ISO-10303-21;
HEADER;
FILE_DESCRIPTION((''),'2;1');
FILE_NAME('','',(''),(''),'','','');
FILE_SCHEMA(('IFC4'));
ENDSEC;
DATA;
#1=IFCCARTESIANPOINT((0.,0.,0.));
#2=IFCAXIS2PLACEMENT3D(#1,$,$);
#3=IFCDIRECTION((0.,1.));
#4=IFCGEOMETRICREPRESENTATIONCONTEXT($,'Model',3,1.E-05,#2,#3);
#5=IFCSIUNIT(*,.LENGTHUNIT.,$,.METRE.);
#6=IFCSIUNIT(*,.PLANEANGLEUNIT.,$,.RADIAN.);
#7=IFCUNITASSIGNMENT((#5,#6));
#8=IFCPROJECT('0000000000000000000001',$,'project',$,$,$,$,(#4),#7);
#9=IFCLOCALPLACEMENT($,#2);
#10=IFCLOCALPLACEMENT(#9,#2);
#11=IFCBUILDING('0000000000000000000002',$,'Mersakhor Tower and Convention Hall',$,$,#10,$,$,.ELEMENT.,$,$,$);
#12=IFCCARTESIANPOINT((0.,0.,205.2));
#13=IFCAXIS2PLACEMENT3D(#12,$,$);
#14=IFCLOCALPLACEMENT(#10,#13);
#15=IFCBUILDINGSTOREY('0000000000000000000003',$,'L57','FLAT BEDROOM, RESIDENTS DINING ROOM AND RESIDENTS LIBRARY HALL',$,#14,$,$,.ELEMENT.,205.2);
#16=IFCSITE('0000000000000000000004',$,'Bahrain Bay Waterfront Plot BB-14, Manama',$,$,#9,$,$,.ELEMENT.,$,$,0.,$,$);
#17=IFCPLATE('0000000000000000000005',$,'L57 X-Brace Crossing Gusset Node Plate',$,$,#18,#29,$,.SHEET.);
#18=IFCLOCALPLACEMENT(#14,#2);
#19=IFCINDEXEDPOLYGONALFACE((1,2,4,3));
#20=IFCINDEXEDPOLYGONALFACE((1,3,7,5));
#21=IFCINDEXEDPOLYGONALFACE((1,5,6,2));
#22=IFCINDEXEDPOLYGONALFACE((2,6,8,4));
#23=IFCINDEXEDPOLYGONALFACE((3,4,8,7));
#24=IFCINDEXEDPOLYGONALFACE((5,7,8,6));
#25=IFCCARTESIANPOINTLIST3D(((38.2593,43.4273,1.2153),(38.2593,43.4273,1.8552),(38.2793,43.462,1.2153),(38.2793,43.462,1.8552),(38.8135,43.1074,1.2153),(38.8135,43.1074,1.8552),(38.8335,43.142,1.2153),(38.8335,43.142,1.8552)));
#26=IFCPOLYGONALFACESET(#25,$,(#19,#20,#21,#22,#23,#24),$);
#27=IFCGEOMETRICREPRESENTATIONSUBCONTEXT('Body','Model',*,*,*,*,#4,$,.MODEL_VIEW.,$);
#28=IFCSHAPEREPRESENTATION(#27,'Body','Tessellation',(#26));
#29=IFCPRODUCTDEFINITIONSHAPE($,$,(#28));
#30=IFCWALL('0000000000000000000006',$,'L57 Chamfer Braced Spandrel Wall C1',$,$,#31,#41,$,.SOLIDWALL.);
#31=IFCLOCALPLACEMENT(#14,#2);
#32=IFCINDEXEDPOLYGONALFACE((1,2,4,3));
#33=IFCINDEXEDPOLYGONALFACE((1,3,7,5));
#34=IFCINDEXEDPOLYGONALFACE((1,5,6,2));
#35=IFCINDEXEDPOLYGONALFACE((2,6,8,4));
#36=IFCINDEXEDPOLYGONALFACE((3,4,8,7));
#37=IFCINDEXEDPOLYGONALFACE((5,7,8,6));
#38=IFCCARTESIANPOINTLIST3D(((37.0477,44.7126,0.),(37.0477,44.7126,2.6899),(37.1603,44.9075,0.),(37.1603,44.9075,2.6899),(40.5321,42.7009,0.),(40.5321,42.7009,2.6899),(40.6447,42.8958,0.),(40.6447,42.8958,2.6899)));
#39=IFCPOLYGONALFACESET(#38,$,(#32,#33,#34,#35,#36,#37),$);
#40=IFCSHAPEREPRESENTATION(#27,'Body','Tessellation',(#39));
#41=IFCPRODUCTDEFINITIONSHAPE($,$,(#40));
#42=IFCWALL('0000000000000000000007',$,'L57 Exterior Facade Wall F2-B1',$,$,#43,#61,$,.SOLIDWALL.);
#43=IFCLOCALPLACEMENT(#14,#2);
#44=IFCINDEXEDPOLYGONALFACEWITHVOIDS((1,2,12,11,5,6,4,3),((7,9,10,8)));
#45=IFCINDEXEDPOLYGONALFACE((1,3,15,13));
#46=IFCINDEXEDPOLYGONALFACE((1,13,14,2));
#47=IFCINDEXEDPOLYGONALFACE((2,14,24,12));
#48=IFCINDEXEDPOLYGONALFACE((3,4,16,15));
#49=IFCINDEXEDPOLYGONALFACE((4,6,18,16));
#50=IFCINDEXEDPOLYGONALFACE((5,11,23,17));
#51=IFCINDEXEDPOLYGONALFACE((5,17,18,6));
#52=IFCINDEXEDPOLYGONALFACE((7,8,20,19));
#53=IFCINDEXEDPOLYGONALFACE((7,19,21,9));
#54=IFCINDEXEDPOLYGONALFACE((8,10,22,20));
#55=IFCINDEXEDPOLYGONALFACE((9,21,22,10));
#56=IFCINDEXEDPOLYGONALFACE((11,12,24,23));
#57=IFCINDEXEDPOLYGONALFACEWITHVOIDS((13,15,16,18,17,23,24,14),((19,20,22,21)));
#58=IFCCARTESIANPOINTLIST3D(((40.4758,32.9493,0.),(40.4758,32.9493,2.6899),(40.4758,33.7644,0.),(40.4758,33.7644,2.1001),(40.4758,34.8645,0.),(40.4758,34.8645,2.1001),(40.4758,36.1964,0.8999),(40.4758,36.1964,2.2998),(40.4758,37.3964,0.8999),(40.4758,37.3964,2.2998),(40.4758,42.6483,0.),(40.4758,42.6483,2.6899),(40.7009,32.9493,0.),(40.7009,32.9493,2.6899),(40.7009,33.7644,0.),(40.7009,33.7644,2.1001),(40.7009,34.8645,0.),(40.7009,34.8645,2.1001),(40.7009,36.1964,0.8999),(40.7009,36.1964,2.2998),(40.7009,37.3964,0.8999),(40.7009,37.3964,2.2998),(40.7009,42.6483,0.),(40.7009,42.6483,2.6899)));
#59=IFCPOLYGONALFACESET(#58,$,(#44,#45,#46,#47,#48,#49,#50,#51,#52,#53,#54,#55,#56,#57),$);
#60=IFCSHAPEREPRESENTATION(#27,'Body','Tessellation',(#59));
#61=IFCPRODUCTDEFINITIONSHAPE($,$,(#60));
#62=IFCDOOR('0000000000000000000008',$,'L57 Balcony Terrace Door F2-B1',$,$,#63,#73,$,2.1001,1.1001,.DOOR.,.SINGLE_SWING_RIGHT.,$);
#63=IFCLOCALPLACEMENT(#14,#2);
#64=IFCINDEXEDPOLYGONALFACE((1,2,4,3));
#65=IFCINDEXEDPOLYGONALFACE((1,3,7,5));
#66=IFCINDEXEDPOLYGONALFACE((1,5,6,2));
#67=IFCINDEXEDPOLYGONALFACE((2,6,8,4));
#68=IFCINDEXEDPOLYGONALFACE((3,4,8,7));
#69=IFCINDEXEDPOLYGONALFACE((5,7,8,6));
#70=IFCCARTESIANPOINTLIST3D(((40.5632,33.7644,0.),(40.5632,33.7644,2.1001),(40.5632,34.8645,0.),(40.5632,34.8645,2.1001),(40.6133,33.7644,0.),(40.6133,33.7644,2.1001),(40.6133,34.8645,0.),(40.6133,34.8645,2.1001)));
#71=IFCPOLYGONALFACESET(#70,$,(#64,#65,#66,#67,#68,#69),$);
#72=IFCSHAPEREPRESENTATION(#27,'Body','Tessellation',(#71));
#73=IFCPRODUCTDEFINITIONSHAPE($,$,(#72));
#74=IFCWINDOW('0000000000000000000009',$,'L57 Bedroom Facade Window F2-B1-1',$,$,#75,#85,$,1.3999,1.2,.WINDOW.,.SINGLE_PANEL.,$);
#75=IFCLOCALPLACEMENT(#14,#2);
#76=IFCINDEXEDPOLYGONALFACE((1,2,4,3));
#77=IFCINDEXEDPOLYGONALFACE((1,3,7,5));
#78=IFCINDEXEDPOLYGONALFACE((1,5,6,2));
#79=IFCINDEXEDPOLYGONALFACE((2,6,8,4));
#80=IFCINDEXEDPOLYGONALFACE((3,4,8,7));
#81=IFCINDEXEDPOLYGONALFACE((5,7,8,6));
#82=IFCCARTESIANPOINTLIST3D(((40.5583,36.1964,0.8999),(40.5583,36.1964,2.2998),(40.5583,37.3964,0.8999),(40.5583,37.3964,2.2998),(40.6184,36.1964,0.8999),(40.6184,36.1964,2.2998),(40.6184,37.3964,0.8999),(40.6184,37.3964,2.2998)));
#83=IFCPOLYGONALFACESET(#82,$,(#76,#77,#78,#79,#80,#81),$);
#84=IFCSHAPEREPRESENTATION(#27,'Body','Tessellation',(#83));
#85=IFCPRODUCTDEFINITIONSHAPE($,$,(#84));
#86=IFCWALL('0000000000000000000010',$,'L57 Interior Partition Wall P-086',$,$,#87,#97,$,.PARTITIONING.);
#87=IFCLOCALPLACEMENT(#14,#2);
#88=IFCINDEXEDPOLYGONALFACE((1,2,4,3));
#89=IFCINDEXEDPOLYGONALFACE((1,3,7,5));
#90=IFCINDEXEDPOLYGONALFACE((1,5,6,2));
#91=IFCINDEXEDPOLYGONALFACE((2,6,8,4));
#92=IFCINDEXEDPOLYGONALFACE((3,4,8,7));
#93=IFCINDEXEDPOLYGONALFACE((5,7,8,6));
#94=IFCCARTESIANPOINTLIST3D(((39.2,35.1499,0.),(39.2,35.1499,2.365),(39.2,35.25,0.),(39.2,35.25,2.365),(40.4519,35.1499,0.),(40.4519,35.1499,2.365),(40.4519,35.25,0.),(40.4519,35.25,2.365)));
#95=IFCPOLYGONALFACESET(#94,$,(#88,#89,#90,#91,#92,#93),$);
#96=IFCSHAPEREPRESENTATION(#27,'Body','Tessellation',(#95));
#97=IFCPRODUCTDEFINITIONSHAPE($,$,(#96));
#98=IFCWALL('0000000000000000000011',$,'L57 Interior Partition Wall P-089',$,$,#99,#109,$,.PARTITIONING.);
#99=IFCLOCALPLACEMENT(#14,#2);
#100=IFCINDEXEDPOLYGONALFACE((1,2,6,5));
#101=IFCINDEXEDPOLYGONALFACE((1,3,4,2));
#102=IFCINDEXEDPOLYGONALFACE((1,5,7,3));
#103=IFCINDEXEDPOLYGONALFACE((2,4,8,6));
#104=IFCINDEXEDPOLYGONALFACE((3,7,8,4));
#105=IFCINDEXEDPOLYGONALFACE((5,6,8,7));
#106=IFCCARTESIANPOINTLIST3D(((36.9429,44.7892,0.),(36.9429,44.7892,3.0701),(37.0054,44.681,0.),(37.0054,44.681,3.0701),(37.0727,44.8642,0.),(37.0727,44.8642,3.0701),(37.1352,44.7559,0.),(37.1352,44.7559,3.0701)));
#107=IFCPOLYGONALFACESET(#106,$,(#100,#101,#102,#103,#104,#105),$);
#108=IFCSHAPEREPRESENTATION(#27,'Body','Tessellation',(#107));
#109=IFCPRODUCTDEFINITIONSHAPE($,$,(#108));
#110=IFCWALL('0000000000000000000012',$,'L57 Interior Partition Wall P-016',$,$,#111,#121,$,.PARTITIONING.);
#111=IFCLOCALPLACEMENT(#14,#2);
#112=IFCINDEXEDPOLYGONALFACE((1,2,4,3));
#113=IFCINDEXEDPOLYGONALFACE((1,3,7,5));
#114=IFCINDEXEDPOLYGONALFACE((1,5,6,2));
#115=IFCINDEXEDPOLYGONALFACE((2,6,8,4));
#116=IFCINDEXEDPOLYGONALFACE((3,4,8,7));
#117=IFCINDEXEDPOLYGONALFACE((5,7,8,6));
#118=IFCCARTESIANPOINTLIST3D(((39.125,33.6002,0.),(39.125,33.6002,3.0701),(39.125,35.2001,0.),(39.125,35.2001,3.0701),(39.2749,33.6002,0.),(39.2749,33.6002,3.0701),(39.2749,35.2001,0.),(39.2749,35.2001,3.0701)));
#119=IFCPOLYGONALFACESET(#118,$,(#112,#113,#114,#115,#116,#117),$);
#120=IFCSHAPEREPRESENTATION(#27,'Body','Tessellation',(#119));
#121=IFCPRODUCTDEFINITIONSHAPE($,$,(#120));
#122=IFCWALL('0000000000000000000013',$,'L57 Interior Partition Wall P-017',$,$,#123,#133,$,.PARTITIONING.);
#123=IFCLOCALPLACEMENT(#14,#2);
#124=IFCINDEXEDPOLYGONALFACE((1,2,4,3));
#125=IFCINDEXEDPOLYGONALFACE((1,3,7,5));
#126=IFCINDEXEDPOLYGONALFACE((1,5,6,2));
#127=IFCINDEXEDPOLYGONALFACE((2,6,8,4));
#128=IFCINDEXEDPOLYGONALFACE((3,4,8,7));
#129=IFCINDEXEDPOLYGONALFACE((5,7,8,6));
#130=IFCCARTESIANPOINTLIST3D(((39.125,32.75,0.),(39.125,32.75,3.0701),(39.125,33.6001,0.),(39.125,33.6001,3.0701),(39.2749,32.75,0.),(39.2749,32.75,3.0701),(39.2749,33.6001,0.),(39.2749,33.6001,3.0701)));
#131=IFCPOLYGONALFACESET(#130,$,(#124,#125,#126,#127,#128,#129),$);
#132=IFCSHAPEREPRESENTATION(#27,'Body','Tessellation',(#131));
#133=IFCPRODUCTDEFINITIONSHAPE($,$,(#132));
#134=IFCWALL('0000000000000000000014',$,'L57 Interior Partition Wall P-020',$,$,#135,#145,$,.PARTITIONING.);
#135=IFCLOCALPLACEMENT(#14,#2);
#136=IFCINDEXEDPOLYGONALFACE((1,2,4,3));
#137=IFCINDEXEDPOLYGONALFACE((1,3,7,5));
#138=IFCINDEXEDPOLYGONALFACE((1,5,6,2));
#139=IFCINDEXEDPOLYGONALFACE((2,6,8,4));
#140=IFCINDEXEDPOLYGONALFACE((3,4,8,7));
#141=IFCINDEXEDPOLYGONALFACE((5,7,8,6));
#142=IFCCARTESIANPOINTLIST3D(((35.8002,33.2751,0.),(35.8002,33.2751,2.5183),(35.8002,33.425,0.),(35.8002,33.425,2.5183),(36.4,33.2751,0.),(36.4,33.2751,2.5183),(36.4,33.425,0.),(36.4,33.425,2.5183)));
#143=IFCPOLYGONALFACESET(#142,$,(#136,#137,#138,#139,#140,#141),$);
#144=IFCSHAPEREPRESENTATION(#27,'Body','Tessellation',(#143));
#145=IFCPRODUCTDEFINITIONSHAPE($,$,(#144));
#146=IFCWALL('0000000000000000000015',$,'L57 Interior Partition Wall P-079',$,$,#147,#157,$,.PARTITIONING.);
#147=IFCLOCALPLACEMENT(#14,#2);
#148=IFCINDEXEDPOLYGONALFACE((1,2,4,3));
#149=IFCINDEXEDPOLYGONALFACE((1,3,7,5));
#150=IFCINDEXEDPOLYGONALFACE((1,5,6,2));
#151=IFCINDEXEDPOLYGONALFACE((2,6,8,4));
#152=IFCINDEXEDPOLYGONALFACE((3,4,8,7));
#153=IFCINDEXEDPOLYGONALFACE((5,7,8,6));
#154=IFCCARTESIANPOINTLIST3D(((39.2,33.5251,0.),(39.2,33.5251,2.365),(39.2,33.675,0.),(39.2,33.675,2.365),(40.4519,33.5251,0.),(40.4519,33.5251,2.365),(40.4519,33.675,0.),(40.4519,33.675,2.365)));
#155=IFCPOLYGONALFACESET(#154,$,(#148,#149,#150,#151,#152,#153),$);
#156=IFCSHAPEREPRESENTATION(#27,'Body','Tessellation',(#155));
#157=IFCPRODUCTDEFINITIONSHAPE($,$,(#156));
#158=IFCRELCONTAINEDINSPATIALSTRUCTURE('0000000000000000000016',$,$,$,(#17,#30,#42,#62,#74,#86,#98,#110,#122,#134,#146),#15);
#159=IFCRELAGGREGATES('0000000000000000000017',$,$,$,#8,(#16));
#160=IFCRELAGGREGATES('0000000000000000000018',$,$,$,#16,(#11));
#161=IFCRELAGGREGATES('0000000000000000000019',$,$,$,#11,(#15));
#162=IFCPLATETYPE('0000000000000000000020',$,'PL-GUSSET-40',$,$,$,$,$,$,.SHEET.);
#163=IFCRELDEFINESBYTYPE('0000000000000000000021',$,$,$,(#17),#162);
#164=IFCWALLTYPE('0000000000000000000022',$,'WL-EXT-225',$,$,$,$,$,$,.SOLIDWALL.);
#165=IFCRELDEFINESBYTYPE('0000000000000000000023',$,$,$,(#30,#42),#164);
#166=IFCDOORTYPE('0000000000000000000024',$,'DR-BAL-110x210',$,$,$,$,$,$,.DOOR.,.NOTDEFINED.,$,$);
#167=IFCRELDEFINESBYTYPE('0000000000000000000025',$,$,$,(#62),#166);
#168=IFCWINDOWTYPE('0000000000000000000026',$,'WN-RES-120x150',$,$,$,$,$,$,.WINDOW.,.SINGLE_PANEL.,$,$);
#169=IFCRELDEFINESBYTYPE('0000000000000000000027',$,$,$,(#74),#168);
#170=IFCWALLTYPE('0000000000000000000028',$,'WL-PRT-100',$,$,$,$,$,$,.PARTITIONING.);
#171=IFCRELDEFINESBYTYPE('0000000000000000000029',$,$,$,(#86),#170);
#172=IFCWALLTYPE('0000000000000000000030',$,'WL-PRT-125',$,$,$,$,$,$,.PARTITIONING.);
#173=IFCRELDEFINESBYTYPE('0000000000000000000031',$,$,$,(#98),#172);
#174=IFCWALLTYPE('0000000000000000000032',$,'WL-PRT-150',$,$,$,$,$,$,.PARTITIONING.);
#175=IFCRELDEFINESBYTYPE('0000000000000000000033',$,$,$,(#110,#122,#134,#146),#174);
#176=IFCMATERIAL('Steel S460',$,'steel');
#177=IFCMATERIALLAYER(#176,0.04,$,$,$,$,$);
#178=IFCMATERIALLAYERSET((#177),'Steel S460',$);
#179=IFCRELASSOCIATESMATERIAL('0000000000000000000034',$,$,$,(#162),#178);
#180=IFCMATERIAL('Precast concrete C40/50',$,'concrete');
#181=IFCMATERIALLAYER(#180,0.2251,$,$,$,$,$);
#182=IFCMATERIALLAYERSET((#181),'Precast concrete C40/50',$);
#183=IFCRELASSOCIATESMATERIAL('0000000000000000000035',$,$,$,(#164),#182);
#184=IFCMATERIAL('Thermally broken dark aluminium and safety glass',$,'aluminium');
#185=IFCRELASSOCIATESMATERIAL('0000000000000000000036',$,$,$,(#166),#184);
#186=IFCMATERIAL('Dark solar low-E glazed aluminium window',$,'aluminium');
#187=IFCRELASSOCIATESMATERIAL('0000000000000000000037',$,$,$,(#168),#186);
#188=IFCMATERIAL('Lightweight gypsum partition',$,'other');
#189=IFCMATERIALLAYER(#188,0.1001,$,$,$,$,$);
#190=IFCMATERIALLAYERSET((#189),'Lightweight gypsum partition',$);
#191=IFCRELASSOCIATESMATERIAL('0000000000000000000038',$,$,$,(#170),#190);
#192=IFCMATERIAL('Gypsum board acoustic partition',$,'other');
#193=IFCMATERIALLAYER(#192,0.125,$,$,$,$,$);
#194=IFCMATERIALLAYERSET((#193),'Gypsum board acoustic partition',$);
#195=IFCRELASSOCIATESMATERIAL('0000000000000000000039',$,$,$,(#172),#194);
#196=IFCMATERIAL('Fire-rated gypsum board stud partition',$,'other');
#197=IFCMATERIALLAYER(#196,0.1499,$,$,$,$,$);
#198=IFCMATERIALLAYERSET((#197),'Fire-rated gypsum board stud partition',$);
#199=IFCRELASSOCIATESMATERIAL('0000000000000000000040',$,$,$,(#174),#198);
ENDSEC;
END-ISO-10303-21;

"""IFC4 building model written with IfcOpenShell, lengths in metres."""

from ifc_helpers import new_model, si_unit, direction, frame, frame_2d, origin, origin_2d, place, context, subcontext, project, spatial, rectangle, extrude, material, layer, layer_set, type_object, element, fill, save


model = new_model("IFC4")

# Units and contexts
model_context = context("Model", 3, precision=1e-05, world=origin(), true_north=direction((0.0, 1.0)))
body_context = subcontext(model_context, "Body", "Model", "MODEL_VIEW")
ifc_project = project(units=[si_unit("LENGTHUNIT", "METRE"), si_unit("PLANEANGLEUNIT", "RADIAN")], contexts=[model_context])

# Site, building, storey
site_placement = place(None, origin())
site = spatial("IfcSite", under=ifc_project, at=site_placement, Name="Bahrain Bay Waterfront Plot BB-14, Manama", CompositionType="ELEMENT", RefElevation=0.0)
building_placement = place(site_placement, origin())
building = spatial("IfcBuilding", under=site, at=building_placement, Name="Mersakhor Tower and Convention Hall", CompositionType="ELEMENT")
storey_placement = place(building_placement, frame((0.0, 0.0, 205.2)))
storey = spatial("IfcBuildingStorey", under=building, at=storey_placement, Name="L57", Description="FLAT BEDROOM, RESIDENTS DINING ROOM AND RESIDENTS LIBRARY HALL", CompositionType="ELEMENT", Elevation=205.2)

# Plate
ifc_material_1 = material(Name="Steel S460", Category="steel")
ifc_layer_1 = layer(ifc_material_1, 0.04)
ifc_layer_set_1 = layer_set([ifc_layer_1], Name="Steel S460")
plate_type = type_object("IfcPlateType", Name="PL-GUSSET-40", PredefinedType="SHEET", material=ifc_layer_set_1)
plate_placement = place(storey_placement, frame((38.5464, 43.2847, 1.2153), z_axis=(0.0, 0.0, 1.0), x_axis=(-0.866025, 0.5, 0.0)))
element("IfcPlate", 1, at=plate_placement, inside=storey, type_object=plate_type, Name="L57 X-Brace Crossing Gusset Node Plate", PredefinedType="SHEET", context=body_context, shape_type="SweptSolid", body=[
    extrude(rectangle(XDim=0.6399, YDim=0.04, at=origin_2d()), origin(), (0.0, 0.0, 1.0), 0.6399),
])

# Wall
ifc_material_2 = material(Name="Precast concrete C40/50", Category="concrete")
ifc_layer_2 = layer(ifc_material_2, 0.2251)
ifc_layer_set_2 = layer_set([ifc_layer_2], Name="Precast concrete C40/50")
wall_type_1 = type_object("IfcWallType", Name="WL-EXT-225", PredefinedType="SOLIDWALL", material=ifc_layer_set_2)
wall_1_placement = place(storey_placement, frame((37.104, 44.8101, 0.0), z_axis=(0.0, 0.0, 1.0), x_axis=(0.866024, -0.500003, 0.0)))
element("IfcWall", 2, at=wall_1_placement, inside=storey, type_object=wall_type_1, Name="L57 Chamfer Braced Spandrel Wall C1", PredefinedType="SOLIDWALL", context=body_context, shape_type="SweptSolid", body=[
    extrude(rectangle(XDim=4.0234, YDim=0.2251, at=frame_2d((2.0117, 0.0))), origin(), (0.0, 0.0, 1.0), 2.6899),
])

# Wall, openings, door, window
wall_2_placement = place(storey_placement, frame((40.5884, 42.6484, 0.0), z_axis=(0.0, 0.0, 1.0), x_axis=(0.0, -1.0, 0.0)))
wall_2 = element("IfcWall", 3, at=wall_2_placement, inside=storey, type_object=wall_type_1, Name="L57 Exterior Facade Wall F2-B1", PredefinedType="SOLIDWALL", context=body_context, shape_type="SweptSolid", body=[
    extrude(rectangle(XDim=9.699, YDim=0.2251, at=frame_2d((4.8496, 0.0))), origin(), (0.0, 0.0, 1.0), 2.6899),
])
opening_1_placement = place(wall_2_placement, frame((7.7839, 0.0, 0.0)))
opening_1 = element("IfcOpeningElement", 4, at=opening_1_placement, cuts=wall_2, PredefinedType="OPENING", context=body_context, shape_type="SweptSolid", body=[
    extrude(rectangle(XDim=1.1001, YDim=2.1001, at=frame_2d((0.55, 1.05))), frame((0.0, 0.1226, 0.0), z_axis=(0.0, -1.0, 0.0), x_axis=(1.0, 0.0, 0.0)), (0.0, 0.0, 1.0), 0.2451),
])
opening_2_placement = place(wall_2_placement, frame((5.252, 0.0, 0.8999)))
opening_2 = element("IfcOpeningElement", 5, at=opening_2_placement, cuts=wall_2, PredefinedType="OPENING", context=body_context, shape_type="SweptSolid", body=[
    extrude(rectangle(XDim=1.2, YDim=1.3999, at=frame_2d((0.6001, 0.7))), frame((0.0, 0.1226, 0.0), z_axis=(0.0, -1.0, 0.0), x_axis=(1.0, 0.0, 0.0)), (0.0, 0.0, 1.0), 0.2451),
])
ifc_material_3 = material(Name="Thermally broken dark aluminium and safety glass", Category="aluminium")
door_type = type_object("IfcDoorType", Name="DR-BAL-110x210", OperationType="NOTDEFINED", PredefinedType="DOOR", material=ifc_material_3)
door_placement = place(opening_1_placement, origin())
door = element("IfcDoor", 6, at=door_placement, inside=storey, type_object=door_type, Name="L57 Balcony Terrace Door F2-B1", OperationType="SINGLE_SWING_RIGHT", OverallHeight=2.1001, OverallWidth=1.1001, PredefinedType="DOOR", context=body_context, shape_type="SweptSolid", body=[
    extrude(rectangle(XDim=1.1001, YDim=2.1001, at=frame_2d((0.55, 1.05))), frame((0.0, 0.0249, 0.0), z_axis=(0.0, -1.0, 0.0), x_axis=(1.0, 0.0, 0.0)), (0.0, 0.0, 1.0), 0.05),
])
fill(opening_1, door)
ifc_material_4 = material(Name="Dark solar low-E glazed aluminium window", Category="aluminium")
window_type = type_object("IfcWindowType", Name="WN-RES-120x150", PartitioningType="SINGLE_PANEL", PredefinedType="WINDOW", material=ifc_material_4)
window_placement = place(opening_2_placement, origin())
window = element("IfcWindow", 7, at=window_placement, inside=storey, type_object=window_type, Name="L57 Bedroom Facade Window F2-B1-1", OverallHeight=1.3999, OverallWidth=1.2, PartitioningType="SINGLE_PANEL", PredefinedType="WINDOW", context=body_context, shape_type="SweptSolid", body=[
    extrude(rectangle(XDim=1.2, YDim=1.3999, at=frame_2d((0.6001, 0.7))), frame((0.0, 0.03, 0.0), z_axis=(0.0, -1.0, 0.0), x_axis=(1.0, 0.0, 0.0)), (0.0, 0.0, 1.0), 0.0601),
])
fill(opening_2, window)

# Walls
ifc_material_5 = material(Name="Lightweight gypsum partition", Category="other")
ifc_layer_3 = layer(ifc_material_5, 0.1001)
ifc_layer_set_3 = layer_set([ifc_layer_3], Name="Lightweight gypsum partition")
wall_type_2 = type_object("IfcWallType", Name="WL-PRT-100", PredefinedType="PARTITIONING", material=ifc_layer_set_3)
wall_3_placement = place(storey_placement, frame((40.4519, 35.2, 0.0), z_axis=(0.0, 0.0, 1.0), x_axis=(-1.0, 0.0, 0.0)))
element("IfcWall", 8, at=wall_3_placement, inside=storey, type_object=wall_type_2, Name="L57 Interior Partition Wall P-086", PredefinedType="PARTITIONING", context=body_context, shape_type="SweptSolid", body=[
    extrude(rectangle(XDim=1.252, YDim=0.1001, at=frame_2d((0.626, 0.0))), origin(), (0.0, 0.0, 1.0), 2.365),
])
ifc_material_6 = material(Name="Gypsum board acoustic partition", Category="other")
ifc_layer_4 = layer(ifc_material_6, 0.125)
ifc_layer_set_4 = layer_set([ifc_layer_4], Name="Gypsum board acoustic partition")
wall_type_3 = type_object("IfcWallType", Name="WL-PRT-125", PredefinedType="PARTITIONING", material=ifc_layer_set_4)
wall_4_placement = place(storey_placement, frame((36.9741, 44.7351, 0.0), z_axis=(0.0, 0.0, 1.0), x_axis=(0.866131, 0.499816, 0.0)))
element("IfcWall", 9, at=wall_4_placement, inside=storey, type_object=wall_type_3, Name="L57 Interior Partition Wall P-089", PredefinedType="PARTITIONING", context=body_context, shape_type="SweptSolid", body=[
    extrude(rectangle(XDim=0.1499, YDim=0.125, at=frame_2d((0.075, 0.0))), origin(), (0.0, 0.0, 1.0), 3.0701),
])
ifc_material_7 = material(Name="Fire-rated gypsum board stud partition", Category="other")
ifc_layer_5 = layer(ifc_material_7, 0.1499)
ifc_layer_set_5 = layer_set([ifc_layer_5], Name="Fire-rated gypsum board stud partition")
wall_type_4 = type_object("IfcWallType", Name="WL-PRT-150", PredefinedType="PARTITIONING", material=ifc_layer_set_5)
wall_5_placement = place(storey_placement, frame((39.2, 35.2, 0.0), z_axis=(0.0, 0.0, 1.0), x_axis=(0.0, -1.0, 0.0)))
element("IfcWall", 10, at=wall_5_placement, inside=storey, type_object=wall_type_4, Name="L57 Interior Partition Wall P-016", PredefinedType="PARTITIONING", context=body_context, shape_type="SweptSolid", body=[
    extrude(rectangle(XDim=1.5999, YDim=0.1499, at=frame_2d((0.7998, 0.0))), origin(), (0.0, 0.0, 1.0), 3.0701),
])
wall_6_placement = place(storey_placement, frame((39.2, 33.6001, 0.0), z_axis=(0.0, 0.0, 1.0), x_axis=(0.0, -1.0, 0.0)))
element("IfcWall", 11, at=wall_6_placement, inside=storey, type_object=wall_type_4, Name="L57 Interior Partition Wall P-017", PredefinedType="PARTITIONING", context=body_context, shape_type="SweptSolid", body=[
    extrude(rectangle(XDim=0.8501, YDim=0.1499, at=frame_2d((0.425, 0.0))), origin(), (0.0, 0.0, 1.0), 3.0701),
])
wall_7_placement = place(storey_placement, frame((36.3999, 33.3501, 0.0), z_axis=(0.0, 0.0, 1.0), x_axis=(-1.0, 0.0, 0.0)))
element("IfcWall", 12, at=wall_7_placement, inside=storey, type_object=wall_type_4, Name="L57 Interior Partition Wall P-020", PredefinedType="PARTITIONING", context=body_context, shape_type="SweptSolid", body=[
    extrude(rectangle(XDim=0.5999, YDim=0.1499, at=frame_2d((0.2998, 0.0))), origin(), (0.0, 0.0, 1.0), 2.5183),
])
wall_8_placement = place(storey_placement, frame((39.2, 33.6001, 0.0), z_axis=(0.0, 0.0, 1.0), x_axis=(1.0, 0.0, 0.0)))
element("IfcWall", 13, at=wall_8_placement, inside=storey, type_object=wall_type_4, Name="L57 Interior Partition Wall P-079", PredefinedType="PARTITIONING", context=body_context, shape_type="SweptSolid", body=[
    extrude(rectangle(XDim=1.252, YDim=0.1499, at=frame_2d((0.626, 0.0))), origin(), (0.0, 0.0, 1.0), 2.365),
])

save(model, "model.ifc")
